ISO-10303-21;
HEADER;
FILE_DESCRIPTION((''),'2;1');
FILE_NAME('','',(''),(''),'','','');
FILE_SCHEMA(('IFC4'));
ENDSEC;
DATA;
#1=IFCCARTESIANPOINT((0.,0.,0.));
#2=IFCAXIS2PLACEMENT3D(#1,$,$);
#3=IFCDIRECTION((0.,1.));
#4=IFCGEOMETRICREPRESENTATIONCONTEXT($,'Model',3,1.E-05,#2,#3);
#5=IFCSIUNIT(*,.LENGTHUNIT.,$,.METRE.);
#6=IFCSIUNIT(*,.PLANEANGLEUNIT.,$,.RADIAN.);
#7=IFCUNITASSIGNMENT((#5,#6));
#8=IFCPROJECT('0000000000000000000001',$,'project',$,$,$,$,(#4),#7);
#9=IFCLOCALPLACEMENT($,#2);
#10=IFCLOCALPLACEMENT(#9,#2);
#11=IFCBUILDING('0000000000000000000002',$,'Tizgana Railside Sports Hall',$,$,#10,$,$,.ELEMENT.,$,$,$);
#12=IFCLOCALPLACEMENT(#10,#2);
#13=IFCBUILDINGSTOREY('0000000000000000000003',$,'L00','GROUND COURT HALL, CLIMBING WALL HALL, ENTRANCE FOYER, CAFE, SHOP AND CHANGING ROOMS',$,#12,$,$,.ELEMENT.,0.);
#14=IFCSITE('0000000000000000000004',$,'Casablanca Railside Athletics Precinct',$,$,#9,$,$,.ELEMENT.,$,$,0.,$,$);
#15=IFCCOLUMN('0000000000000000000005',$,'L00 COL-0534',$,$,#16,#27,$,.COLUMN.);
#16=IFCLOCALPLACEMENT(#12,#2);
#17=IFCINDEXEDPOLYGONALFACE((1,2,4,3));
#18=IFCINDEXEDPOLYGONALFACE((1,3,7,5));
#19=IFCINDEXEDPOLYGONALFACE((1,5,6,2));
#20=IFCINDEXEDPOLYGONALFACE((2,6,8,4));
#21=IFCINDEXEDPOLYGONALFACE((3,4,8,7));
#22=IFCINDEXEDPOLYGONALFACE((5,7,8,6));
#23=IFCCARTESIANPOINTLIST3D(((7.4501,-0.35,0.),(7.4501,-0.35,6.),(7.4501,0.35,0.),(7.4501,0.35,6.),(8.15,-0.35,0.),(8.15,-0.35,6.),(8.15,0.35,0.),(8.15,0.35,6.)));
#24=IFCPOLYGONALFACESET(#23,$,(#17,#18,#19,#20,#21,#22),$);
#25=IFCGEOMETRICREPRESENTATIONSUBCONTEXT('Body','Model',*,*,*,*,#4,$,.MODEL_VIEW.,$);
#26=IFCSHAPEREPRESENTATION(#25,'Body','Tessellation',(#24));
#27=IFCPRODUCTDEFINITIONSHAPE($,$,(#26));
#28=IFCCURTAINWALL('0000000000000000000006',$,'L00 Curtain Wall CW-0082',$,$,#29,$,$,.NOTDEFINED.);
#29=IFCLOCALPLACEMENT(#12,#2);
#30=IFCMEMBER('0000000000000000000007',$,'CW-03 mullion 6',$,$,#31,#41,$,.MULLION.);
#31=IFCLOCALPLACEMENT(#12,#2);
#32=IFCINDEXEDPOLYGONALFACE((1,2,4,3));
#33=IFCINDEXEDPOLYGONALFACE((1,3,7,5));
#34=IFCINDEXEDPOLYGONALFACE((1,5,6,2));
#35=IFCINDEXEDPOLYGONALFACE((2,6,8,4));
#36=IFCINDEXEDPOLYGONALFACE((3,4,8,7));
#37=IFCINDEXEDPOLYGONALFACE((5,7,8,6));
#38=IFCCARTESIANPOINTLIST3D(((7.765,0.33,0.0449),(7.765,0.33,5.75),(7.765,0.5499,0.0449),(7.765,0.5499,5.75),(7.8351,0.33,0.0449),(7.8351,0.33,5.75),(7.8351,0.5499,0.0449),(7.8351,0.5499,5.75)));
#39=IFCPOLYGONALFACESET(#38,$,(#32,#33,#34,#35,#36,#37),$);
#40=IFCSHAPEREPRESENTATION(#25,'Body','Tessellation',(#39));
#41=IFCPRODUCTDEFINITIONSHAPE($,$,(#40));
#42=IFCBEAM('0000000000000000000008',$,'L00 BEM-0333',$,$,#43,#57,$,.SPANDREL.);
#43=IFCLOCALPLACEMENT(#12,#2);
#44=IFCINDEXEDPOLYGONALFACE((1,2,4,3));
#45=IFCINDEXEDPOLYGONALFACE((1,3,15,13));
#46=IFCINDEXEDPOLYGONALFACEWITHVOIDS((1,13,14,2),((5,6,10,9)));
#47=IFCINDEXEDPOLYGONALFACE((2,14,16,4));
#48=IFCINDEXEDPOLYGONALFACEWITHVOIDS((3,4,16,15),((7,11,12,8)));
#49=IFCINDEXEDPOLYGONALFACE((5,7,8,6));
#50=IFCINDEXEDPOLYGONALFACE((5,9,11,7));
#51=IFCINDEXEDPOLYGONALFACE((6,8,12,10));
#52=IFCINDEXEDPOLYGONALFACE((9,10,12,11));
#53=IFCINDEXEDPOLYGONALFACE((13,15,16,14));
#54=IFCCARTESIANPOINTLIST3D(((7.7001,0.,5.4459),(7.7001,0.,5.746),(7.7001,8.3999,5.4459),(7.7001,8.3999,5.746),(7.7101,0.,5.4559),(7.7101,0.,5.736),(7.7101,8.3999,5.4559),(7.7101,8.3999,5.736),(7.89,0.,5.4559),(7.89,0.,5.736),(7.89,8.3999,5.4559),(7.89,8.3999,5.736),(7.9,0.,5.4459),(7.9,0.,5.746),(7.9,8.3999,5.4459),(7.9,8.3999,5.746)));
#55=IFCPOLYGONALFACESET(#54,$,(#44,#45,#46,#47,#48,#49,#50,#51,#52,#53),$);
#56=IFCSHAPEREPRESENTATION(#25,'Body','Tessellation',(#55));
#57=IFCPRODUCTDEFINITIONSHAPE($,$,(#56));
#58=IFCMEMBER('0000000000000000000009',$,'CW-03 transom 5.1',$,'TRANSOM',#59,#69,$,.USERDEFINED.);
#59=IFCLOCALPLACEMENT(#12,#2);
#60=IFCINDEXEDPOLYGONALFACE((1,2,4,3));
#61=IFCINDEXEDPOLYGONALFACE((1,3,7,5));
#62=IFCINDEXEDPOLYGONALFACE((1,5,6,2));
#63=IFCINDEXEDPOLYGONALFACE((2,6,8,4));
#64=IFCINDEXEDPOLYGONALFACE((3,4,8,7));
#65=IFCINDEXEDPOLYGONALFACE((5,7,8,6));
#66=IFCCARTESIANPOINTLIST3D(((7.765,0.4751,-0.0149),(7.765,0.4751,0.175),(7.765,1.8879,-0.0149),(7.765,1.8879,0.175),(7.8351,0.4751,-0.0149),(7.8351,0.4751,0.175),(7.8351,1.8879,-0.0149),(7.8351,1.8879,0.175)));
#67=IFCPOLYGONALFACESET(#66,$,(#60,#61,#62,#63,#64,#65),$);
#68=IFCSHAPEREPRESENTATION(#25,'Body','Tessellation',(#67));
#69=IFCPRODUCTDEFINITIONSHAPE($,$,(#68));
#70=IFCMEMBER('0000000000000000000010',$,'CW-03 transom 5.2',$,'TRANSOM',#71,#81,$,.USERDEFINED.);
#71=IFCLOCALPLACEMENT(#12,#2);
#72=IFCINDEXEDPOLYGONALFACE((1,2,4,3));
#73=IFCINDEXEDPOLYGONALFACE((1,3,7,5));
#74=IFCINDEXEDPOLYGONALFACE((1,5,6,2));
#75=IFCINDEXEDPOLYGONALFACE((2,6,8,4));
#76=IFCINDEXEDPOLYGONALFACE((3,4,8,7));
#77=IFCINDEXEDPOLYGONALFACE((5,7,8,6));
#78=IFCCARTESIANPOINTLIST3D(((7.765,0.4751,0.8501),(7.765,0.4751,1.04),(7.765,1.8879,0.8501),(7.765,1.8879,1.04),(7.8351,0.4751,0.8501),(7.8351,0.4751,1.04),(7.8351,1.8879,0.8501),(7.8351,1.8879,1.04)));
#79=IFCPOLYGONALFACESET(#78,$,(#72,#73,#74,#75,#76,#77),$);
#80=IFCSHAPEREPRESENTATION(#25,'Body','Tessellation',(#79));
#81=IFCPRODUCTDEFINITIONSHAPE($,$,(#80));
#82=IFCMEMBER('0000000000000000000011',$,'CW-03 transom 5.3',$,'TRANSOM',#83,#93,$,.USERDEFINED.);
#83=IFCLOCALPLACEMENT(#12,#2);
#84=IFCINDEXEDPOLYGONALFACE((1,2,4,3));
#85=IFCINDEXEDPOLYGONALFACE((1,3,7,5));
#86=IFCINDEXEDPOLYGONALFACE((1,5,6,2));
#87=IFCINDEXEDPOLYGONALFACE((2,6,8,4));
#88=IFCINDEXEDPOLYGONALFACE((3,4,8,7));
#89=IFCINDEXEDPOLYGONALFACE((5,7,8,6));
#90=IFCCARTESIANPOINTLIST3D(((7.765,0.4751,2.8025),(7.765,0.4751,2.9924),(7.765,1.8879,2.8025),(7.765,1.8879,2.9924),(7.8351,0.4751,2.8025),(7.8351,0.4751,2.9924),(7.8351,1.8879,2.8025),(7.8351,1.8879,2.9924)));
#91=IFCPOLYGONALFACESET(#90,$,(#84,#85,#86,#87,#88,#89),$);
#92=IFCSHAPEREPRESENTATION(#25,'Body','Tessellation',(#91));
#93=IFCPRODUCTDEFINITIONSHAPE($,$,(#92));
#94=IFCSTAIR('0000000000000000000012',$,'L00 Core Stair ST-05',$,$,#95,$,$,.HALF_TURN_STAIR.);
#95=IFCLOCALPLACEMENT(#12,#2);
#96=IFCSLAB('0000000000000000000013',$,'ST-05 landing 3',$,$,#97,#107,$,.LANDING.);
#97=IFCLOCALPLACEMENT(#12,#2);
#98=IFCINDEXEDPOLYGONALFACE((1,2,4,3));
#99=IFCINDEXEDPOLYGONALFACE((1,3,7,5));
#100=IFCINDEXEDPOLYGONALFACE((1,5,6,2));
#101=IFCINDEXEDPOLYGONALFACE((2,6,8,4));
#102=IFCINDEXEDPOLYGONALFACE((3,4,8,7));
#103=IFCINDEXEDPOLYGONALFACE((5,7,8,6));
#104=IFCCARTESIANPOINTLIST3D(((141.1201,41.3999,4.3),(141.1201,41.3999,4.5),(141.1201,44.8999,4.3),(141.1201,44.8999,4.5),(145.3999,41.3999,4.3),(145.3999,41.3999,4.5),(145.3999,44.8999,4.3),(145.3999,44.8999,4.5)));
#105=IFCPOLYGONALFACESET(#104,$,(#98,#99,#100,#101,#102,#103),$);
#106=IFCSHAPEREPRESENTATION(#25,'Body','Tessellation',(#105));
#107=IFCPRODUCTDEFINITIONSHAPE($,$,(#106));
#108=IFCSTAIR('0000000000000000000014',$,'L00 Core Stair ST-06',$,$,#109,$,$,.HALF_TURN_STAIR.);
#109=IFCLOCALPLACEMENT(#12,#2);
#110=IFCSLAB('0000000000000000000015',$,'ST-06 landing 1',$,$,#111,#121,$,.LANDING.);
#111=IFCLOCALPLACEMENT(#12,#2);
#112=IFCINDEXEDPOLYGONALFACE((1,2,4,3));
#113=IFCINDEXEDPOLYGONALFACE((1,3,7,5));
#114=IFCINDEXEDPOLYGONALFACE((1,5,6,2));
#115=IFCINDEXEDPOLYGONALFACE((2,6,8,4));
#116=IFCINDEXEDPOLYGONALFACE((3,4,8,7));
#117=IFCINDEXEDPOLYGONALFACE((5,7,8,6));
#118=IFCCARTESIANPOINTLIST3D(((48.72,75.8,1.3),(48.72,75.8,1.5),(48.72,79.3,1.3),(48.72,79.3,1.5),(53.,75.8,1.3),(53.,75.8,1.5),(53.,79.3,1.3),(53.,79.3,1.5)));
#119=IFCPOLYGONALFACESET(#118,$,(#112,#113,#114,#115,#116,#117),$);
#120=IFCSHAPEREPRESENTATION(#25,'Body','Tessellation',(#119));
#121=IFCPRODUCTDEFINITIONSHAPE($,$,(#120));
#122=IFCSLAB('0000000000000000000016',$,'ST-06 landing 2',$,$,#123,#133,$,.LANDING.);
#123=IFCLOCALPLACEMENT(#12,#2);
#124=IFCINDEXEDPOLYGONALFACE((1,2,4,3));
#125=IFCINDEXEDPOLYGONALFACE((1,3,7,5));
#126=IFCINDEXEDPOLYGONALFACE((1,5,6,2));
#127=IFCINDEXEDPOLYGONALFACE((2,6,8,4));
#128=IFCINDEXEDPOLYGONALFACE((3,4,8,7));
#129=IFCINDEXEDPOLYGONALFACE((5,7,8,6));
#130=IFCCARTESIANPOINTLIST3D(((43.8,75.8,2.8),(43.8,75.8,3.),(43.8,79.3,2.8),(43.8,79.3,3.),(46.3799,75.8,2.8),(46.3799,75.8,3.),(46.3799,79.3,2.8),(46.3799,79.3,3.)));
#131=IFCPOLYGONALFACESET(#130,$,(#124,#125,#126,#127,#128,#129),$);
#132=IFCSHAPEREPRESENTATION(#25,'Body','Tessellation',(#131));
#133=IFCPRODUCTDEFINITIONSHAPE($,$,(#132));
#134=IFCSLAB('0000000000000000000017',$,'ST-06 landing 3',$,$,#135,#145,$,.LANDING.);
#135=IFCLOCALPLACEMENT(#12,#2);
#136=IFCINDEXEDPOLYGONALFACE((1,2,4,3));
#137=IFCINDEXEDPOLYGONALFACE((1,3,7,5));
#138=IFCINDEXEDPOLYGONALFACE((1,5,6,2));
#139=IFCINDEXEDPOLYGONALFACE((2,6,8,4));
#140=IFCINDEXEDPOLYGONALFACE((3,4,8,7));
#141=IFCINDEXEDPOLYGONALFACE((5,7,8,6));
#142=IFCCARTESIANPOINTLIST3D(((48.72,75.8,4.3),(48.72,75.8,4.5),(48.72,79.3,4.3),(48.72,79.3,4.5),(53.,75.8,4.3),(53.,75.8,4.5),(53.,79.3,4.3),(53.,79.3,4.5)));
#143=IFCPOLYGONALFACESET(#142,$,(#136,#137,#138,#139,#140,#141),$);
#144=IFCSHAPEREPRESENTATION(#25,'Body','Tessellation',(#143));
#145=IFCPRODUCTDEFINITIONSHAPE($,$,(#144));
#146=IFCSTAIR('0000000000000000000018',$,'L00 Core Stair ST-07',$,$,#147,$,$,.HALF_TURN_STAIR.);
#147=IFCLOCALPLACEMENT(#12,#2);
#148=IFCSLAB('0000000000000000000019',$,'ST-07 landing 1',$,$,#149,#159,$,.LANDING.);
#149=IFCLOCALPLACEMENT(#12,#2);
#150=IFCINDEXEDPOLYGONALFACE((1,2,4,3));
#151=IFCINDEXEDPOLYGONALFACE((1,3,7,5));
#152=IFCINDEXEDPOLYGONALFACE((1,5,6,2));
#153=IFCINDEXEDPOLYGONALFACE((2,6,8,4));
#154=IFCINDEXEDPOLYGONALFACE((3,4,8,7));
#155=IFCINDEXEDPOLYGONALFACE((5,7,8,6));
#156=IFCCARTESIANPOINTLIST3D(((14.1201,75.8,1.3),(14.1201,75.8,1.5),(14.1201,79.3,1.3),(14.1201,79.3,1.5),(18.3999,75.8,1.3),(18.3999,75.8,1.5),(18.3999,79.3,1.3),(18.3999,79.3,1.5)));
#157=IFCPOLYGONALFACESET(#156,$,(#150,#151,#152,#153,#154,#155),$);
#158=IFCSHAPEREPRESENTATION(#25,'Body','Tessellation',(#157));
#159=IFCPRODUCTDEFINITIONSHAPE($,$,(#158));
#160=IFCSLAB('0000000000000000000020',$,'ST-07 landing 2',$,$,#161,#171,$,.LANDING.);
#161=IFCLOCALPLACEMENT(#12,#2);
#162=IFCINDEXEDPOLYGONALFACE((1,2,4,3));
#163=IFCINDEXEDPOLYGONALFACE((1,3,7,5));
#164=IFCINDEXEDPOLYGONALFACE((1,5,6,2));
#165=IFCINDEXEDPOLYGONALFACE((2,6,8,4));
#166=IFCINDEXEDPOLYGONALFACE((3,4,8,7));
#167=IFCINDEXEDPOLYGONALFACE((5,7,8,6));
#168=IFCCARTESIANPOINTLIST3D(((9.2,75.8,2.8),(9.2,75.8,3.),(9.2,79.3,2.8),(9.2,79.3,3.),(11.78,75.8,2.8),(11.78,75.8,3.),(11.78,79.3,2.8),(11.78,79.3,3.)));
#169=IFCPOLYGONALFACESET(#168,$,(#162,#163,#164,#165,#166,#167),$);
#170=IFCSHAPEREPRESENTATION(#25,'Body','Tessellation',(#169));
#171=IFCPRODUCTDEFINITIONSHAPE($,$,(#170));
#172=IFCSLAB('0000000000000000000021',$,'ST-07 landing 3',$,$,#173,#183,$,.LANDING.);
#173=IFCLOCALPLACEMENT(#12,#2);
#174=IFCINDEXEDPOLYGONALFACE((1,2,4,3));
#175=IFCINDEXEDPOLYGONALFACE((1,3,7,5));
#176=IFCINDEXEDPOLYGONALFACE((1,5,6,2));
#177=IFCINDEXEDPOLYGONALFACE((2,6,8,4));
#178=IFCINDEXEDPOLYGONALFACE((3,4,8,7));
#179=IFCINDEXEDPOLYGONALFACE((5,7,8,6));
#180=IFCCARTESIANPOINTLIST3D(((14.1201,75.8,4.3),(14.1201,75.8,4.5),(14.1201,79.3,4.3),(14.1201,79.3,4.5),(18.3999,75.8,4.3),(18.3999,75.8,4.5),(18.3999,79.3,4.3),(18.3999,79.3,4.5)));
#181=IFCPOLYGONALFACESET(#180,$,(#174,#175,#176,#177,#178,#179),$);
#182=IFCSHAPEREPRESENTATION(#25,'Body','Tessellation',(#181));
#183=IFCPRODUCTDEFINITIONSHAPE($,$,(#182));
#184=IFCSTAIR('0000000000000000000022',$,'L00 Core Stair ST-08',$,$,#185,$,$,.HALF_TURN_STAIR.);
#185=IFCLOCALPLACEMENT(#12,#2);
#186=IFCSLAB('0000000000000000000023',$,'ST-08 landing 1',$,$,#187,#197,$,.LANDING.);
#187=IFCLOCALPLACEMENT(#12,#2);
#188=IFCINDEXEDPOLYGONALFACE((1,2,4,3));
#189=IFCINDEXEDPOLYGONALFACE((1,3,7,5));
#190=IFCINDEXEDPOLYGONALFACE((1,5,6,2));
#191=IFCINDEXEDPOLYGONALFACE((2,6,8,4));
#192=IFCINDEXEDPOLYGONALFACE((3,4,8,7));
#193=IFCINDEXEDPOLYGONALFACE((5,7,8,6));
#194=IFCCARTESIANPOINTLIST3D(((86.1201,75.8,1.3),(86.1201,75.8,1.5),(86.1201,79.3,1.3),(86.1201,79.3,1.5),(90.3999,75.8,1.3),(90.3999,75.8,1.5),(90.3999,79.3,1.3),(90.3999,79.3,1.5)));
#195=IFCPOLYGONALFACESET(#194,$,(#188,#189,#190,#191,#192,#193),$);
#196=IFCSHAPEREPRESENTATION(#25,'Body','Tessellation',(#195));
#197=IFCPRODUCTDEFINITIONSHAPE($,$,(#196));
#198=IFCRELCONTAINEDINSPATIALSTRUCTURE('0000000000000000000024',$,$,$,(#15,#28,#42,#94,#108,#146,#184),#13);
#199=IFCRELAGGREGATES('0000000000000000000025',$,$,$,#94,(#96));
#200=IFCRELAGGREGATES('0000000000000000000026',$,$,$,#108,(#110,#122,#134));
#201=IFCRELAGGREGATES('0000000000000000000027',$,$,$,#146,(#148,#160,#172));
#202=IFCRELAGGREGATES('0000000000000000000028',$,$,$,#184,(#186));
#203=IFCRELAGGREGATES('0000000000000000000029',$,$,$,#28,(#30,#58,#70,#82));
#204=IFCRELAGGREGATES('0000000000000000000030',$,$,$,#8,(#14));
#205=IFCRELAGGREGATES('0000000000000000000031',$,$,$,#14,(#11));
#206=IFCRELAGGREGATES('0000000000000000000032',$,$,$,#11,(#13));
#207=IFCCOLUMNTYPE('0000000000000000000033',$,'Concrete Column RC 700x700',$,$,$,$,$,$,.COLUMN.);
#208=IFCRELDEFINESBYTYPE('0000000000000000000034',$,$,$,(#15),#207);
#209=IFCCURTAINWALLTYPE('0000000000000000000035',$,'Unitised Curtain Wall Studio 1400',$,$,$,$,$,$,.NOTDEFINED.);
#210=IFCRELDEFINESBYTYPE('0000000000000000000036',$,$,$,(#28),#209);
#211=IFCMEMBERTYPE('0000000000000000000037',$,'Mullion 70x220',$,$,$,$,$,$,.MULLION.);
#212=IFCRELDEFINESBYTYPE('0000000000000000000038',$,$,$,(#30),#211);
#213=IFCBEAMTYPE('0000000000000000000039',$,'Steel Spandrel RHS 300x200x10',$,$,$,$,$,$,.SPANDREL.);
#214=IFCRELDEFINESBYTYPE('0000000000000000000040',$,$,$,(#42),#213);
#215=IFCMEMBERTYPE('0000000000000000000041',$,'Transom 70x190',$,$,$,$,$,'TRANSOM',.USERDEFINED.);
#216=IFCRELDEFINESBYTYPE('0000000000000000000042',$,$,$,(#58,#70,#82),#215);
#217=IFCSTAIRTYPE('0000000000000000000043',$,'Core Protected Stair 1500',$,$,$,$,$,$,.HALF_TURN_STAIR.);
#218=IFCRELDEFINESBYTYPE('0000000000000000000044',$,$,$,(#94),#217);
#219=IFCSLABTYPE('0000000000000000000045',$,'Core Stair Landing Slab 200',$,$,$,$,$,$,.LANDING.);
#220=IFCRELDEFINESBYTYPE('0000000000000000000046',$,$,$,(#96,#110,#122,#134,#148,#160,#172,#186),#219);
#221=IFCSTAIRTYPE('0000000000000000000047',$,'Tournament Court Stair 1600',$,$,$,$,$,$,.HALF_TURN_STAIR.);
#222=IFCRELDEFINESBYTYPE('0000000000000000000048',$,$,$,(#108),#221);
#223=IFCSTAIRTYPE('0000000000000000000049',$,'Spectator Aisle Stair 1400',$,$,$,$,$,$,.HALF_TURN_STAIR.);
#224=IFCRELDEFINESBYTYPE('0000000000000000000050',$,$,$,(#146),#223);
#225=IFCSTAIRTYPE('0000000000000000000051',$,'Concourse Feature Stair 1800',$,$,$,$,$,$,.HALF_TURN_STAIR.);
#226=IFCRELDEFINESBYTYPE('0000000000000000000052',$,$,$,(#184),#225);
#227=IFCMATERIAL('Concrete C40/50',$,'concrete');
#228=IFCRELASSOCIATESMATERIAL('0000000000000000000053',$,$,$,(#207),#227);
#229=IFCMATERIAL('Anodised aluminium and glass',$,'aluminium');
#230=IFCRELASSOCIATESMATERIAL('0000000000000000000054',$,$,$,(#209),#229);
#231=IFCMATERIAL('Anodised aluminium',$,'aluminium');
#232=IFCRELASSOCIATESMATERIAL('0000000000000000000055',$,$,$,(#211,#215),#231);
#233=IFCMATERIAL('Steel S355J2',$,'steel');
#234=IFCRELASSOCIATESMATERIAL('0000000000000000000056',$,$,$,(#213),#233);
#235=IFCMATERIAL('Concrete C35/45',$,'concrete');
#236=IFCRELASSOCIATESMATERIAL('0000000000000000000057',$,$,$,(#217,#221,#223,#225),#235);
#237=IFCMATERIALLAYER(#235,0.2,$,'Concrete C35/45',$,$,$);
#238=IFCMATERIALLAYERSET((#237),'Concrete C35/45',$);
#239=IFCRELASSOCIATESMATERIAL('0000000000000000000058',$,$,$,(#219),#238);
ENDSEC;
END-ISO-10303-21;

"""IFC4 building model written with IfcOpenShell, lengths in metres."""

from ifc_helpers import new_model, si_unit, direction, frame, origin, origin_2d, place, context, subcontext, project, spatial, polyline, rectangle, hollow_rectangle, outline, extrude, material, layer, layer_set, material_profile, profile_set, type_object, element, aggregate, save


model = new_model("IFC4")

# Units and contexts
model_context = context("Model", 3, precision=1e-05, world=origin(), true_north=direction((0.0, 1.0)))
body_context = subcontext(model_context, "Body", "Model", "MODEL_VIEW")
ifc_project = project(units=[si_unit("LENGTHUNIT", "METRE"), si_unit("PLANEANGLEUNIT", "RADIAN")], contexts=[model_context])

# Site, building, storey
site_placement = place(None, origin())
site = spatial("IfcSite", under=ifc_project, at=site_placement, Name="Casablanca Railside Athletics Precinct", CompositionType="ELEMENT", RefElevation=0.0)
building_placement = place(site_placement, origin())
building = spatial("IfcBuilding", under=site, at=building_placement, Name="Tizgana Railside Sports Hall", CompositionType="ELEMENT")
storey_placement = place(building_placement, origin())
storey = spatial("IfcBuildingStorey", under=building, at=storey_placement, Name="L00", Description="GROUND COURT HALL, CLIMBING WALL HALL, ENTRANCE FOYER, CAFE, SHOP AND CHANGING ROOMS", CompositionType="ELEMENT", Elevation=0.0)

# Column
ifc_material_1 = material(Name="Concrete C40/50", Category="concrete")
ifc_material_profile_1 = material_profile(ifc_material_1, rectangle(XDim=0.7, YDim=0.7, at=origin_2d()), Name="RC 700x700")
ifc_profile_set_1 = profile_set([ifc_material_profile_1], Name="Concrete C40/50")
column_type = type_object("IfcColumnType", Name="Concrete Column RC 700x700", PredefinedType="COLUMN", material=ifc_profile_set_1)
column_placement = place(storey_placement, frame((7.8, 0.0, 0.0), z_axis=(0.0, 0.0, 1.0), x_axis=(1.0, 0.0, 0.0)))
element("IfcColumn", 1, at=column_placement, inside=storey, type_object=column_type, Name="L00 COL-0534", PredefinedType="COLUMN", context=body_context, shape_type="SweptSolid", body=[
    extrude(rectangle(XDim=0.7, YDim=0.7, at=origin_2d()), origin(), (0.0, 0.0, 1.0), 6.0),
])

# Curtain wall, member
ifc_material_2 = material(Name="Anodised aluminium and glass", Category="aluminium")
curtain_wall_type = type_object("IfcCurtainWallType", Name="Unitised Curtain Wall Studio 1400", PredefinedType="NOTDEFINED", material=ifc_material_2)
curtain_wall_placement = place(storey_placement, origin())
curtain_wall = element("IfcCurtainWall", 2, at=curtain_wall_placement, inside=storey, type_object=curtain_wall_type, Name="L00 Curtain Wall CW-0082", PredefinedType="NOTDEFINED")
ifc_material_3 = material(Name="Anodised aluminium", Category="aluminium")
ifc_material_profile_2 = material_profile(ifc_material_3, rectangle(XDim=0.0701, YDim=0.22, at=origin_2d()), Name="Mullion 70x220")
ifc_profile_set_2 = profile_set([ifc_material_profile_2], Name="Anodised aluminium")
member_type_1 = type_object("IfcMemberType", Name="Mullion 70x220", PredefinedType="MULLION", material=ifc_profile_set_2)
member_1_placement = place(storey_placement, frame((7.8, 0.4399, 0.0449), z_axis=(0.0, 0.0, 1.0), x_axis=(1.0, 0.0, 0.0)))
member_1 = element("IfcMember", 3, at=member_1_placement, type_object=member_type_1, Name="CW-03 mullion 6", PredefinedType="MULLION", context=body_context, shape_type="SweptSolid", body=[
    extrude(rectangle(XDim=0.0701, YDim=0.22, at=origin_2d()), origin(), (0.0, 0.0, 1.0), 5.7051),
])

# Beam
ifc_material_4 = material(Name="Steel S355J2", Category="steel")
ifc_material_profile_3 = material_profile(ifc_material_4, hollow_rectangle(XDim=0.2, YDim=0.3, WallThickness=0.01, at=origin_2d()), Name="RHS 300x200x10")
ifc_profile_set_3 = profile_set([ifc_material_profile_3], Name="Steel S355J2")
beam_type = type_object("IfcBeamType", Name="Steel Spandrel RHS 300x200x10", PredefinedType="SPANDREL", material=ifc_profile_set_3)
beam_placement = place(storey_placement, frame((7.8, 0.0, 5.5959), z_axis=(0.0, 1.0, 0.0), x_axis=(-1.0, 0.0, 0.0)))
element("IfcBeam", 4, at=beam_placement, inside=storey, type_object=beam_type, Name="L00 BEM-0333", PredefinedType="SPANDREL", context=body_context, shape_type="SweptSolid", body=[
    extrude(hollow_rectangle(XDim=0.2, YDim=0.3, WallThickness=0.01, at=origin_2d()), origin(), (0.0, 0.0, 1.0), 8.3999),
])

# Members
ifc_material_profile_4 = material_profile(ifc_material_3, rectangle(XDim=0.0701, YDim=0.1899, at=origin_2d()), Name="Transom 70x190")
ifc_profile_set_4 = profile_set([ifc_material_profile_4], Name="Anodised aluminium")
member_type_2 = type_object("IfcMemberType", Name="Transom 70x190", ElementType="TRANSOM", PredefinedType="USERDEFINED", material=ifc_profile_set_4)
member_2_placement = place(storey_placement, frame((7.8, 1.8879, 0.0801), z_axis=(0.0, -1.0, 0.0), x_axis=(1.0, 0.0, 0.0)))
member_2 = element("IfcMember", 5, at=member_2_placement, type_object=member_type_2, Name="CW-03 transom 5.1", ObjectType="TRANSOM", PredefinedType="USERDEFINED", context=body_context, shape_type="SweptSolid", body=[
    extrude(rectangle(XDim=0.0701, YDim=0.1899, at=origin_2d()), origin(), (0.0, 0.0, 1.0), 1.4128),
])
member_3_placement = place(storey_placement, frame((7.8, 1.8879, 0.9451), z_axis=(0.0, -1.0, 0.0), x_axis=(1.0, 0.0, 0.0)))
member_3 = element("IfcMember", 6, at=member_3_placement, type_object=member_type_2, Name="CW-03 transom 5.2", ObjectType="TRANSOM", PredefinedType="USERDEFINED", context=body_context, shape_type="SweptSolid", body=[
    extrude(rectangle(XDim=0.0701, YDim=0.1899, at=origin_2d()), origin(), (0.0, 0.0, 1.0), 1.4128),
])
member_4_placement = place(storey_placement, frame((7.8, 1.8879, 2.8975), z_axis=(0.0, -1.0, 0.0), x_axis=(1.0, 0.0, 0.0)))
member_4 = element("IfcMember", 7, at=member_4_placement, type_object=member_type_2, Name="CW-03 transom 5.3", ObjectType="TRANSOM", PredefinedType="USERDEFINED", context=body_context, shape_type="SweptSolid", body=[
    extrude(rectangle(XDim=0.0701, YDim=0.1899, at=origin_2d()), origin(), (0.0, 0.0, 1.0), 1.4128),
])

# Stair, slab
ifc_material_5 = material(Name="Concrete C35/45", Category="concrete")
stair_type_1 = type_object("IfcStairType", Name="Core Protected Stair 1500", PredefinedType="HALF_TURN_STAIR", material=ifc_material_5)
stair_1_placement = place(storey_placement, origin())
stair_1 = element("IfcStair", 8, at=stair_1_placement, inside=storey, type_object=stair_type_1, Name="L00 Core Stair ST-05", PredefinedType="HALF_TURN_STAIR")
ifc_layer_1 = layer(ifc_material_5, 0.2, Name="Concrete C35/45")
ifc_layer_set_1 = layer_set([ifc_layer_1], Name="Concrete C35/45")
slab_type_1 = type_object("IfcSlabType", Name="Core Stair Landing Slab 200", PredefinedType="LANDING", material=ifc_layer_set_1)
slab_1_placement = place(storey_placement, frame((0.0, 0.0, 4.3)))
slab_1 = element("IfcSlab", 9, at=slab_1_placement, type_object=slab_type_1, Name="ST-05 landing 3", PredefinedType="LANDING", context=body_context, shape_type="SweptSolid", body=[
    extrude(outline(polyline([(141.1201, 41.3999), (145.3999, 41.3999), (145.3999, 44.8999), (141.1201, 44.8999), (141.1201, 41.3999)])), origin(), (0.0, 0.0, 1.0), 0.2),
])
aggregate(stair_1, [slab_1])

# Stairs, slabs
stair_type_2 = type_object("IfcStairType", Name="Tournament Court Stair 1600", PredefinedType="HALF_TURN_STAIR", material=ifc_material_5)
stair_2_placement = place(storey_placement, origin())
stair_2 = element("IfcStair", 10, at=stair_2_placement, inside=storey, type_object=stair_type_2, Name="L00 Core Stair ST-06", PredefinedType="HALF_TURN_STAIR")
slab_2_placement = place(storey_placement, frame((0.0, 0.0, 1.3)))
slab_2 = element("IfcSlab", 11, at=slab_2_placement, type_object=slab_type_1, Name="ST-06 landing 1", PredefinedType="LANDING", context=body_context, shape_type="SweptSolid", body=[
    extrude(outline(polyline([(48.72, 75.8), (53.0, 75.8), (53.0, 79.3), (48.72, 79.3), (48.72, 75.8)])), origin(), (0.0, 0.0, 1.0), 0.2),
])
slab_3_placement = place(storey_placement, frame((0.0, 0.0, 2.8)))
slab_3 = element("IfcSlab", 12, at=slab_3_placement, type_object=slab_type_1, Name="ST-06 landing 2", PredefinedType="LANDING", context=body_context, shape_type="SweptSolid", body=[
    extrude(outline(polyline([(43.8, 75.8), (46.3799, 75.8), (46.3799, 79.3), (43.8, 79.3), (43.8, 75.8)])), origin(), (0.0, 0.0, 1.0), 0.2),
])
slab_4_placement = place(storey_placement, frame((0.0, 0.0, 4.3)))
slab_4 = element("IfcSlab", 13, at=slab_4_placement, type_object=slab_type_1, Name="ST-06 landing 3", PredefinedType="LANDING", context=body_context, shape_type="SweptSolid", body=[
    extrude(outline(polyline([(48.72, 75.8), (53.0, 75.8), (53.0, 79.3), (48.72, 79.3), (48.72, 75.8)])), origin(), (0.0, 0.0, 1.0), 0.2),
])
aggregate(stair_2, [slab_2, slab_3, slab_4])
stair_type_3 = type_object("IfcStairType", Name="Spectator Aisle Stair 1400", PredefinedType="HALF_TURN_STAIR", material=ifc_material_5)
stair_3_placement = place(storey_placement, origin())
stair_3 = element("IfcStair", 14, at=stair_3_placement, inside=storey, type_object=stair_type_3, Name="L00 Core Stair ST-07", PredefinedType="HALF_TURN_STAIR")
slab_5_placement = place(storey_placement, frame((0.0, 0.0, 1.3)))
slab_5 = element("IfcSlab", 15, at=slab_5_placement, type_object=slab_type_1, Name="ST-07 landing 1", PredefinedType="LANDING", context=body_context, shape_type="SweptSolid", body=[
    extrude(outline(polyline([(14.1201, 75.8), (18.3999, 75.8), (18.3999, 79.3), (14.1201, 79.3), (14.1201, 75.8)])), origin(), (0.0, 0.0, 1.0), 0.2),
])
slab_6_placement = place(storey_placement, frame((0.0, 0.0, 2.8)))
slab_6 = element("IfcSlab", 16, at=slab_6_placement, type_object=slab_type_1, Name="ST-07 landing 2", PredefinedType="LANDING", context=body_context, shape_type="SweptSolid", body=[
    extrude(outline(polyline([(9.2, 75.8), (11.78, 75.8), (11.78, 79.3), (9.2, 79.3), (9.2, 75.8)])), origin(), (0.0, 0.0, 1.0), 0.2),
])
slab_7_placement = place(storey_placement, frame((0.0, 0.0, 4.3)))
slab_7 = element("IfcSlab", 17, at=slab_7_placement, type_object=slab_type_1, Name="ST-07 landing 3", PredefinedType="LANDING", context=body_context, shape_type="SweptSolid", body=[
    extrude(outline(polyline([(14.1201, 75.8), (18.3999, 75.8), (18.3999, 79.3), (14.1201, 79.3), (14.1201, 75.8)])), origin(), (0.0, 0.0, 1.0), 0.2),
])
aggregate(stair_3, [slab_5, slab_6, slab_7])
stair_type_4 = type_object("IfcStairType", Name="Concourse Feature Stair 1800", PredefinedType="HALF_TURN_STAIR", material=ifc_material_5)
stair_4_placement = place(storey_placement, origin())
stair_4 = element("IfcStair", 18, at=stair_4_placement, inside=storey, type_object=stair_type_4, Name="L00 Core Stair ST-08", PredefinedType="HALF_TURN_STAIR")
slab_8_placement = place(storey_placement, frame((0.0, 0.0, 1.3)))
slab_8 = element("IfcSlab", 19, at=slab_8_placement, type_object=slab_type_1, Name="ST-08 landing 1", PredefinedType="LANDING", context=body_context, shape_type="SweptSolid", body=[
    extrude(outline(polyline([(86.1201, 75.8), (90.3999, 75.8), (90.3999, 79.3), (86.1201, 79.3), (86.1201, 75.8)])), origin(), (0.0, 0.0, 1.0), 0.2),
])
aggregate(stair_4, [slab_8])

aggregate(curtain_wall, [member_1, member_2, member_3, member_4])

save(model, "model.ifc")
